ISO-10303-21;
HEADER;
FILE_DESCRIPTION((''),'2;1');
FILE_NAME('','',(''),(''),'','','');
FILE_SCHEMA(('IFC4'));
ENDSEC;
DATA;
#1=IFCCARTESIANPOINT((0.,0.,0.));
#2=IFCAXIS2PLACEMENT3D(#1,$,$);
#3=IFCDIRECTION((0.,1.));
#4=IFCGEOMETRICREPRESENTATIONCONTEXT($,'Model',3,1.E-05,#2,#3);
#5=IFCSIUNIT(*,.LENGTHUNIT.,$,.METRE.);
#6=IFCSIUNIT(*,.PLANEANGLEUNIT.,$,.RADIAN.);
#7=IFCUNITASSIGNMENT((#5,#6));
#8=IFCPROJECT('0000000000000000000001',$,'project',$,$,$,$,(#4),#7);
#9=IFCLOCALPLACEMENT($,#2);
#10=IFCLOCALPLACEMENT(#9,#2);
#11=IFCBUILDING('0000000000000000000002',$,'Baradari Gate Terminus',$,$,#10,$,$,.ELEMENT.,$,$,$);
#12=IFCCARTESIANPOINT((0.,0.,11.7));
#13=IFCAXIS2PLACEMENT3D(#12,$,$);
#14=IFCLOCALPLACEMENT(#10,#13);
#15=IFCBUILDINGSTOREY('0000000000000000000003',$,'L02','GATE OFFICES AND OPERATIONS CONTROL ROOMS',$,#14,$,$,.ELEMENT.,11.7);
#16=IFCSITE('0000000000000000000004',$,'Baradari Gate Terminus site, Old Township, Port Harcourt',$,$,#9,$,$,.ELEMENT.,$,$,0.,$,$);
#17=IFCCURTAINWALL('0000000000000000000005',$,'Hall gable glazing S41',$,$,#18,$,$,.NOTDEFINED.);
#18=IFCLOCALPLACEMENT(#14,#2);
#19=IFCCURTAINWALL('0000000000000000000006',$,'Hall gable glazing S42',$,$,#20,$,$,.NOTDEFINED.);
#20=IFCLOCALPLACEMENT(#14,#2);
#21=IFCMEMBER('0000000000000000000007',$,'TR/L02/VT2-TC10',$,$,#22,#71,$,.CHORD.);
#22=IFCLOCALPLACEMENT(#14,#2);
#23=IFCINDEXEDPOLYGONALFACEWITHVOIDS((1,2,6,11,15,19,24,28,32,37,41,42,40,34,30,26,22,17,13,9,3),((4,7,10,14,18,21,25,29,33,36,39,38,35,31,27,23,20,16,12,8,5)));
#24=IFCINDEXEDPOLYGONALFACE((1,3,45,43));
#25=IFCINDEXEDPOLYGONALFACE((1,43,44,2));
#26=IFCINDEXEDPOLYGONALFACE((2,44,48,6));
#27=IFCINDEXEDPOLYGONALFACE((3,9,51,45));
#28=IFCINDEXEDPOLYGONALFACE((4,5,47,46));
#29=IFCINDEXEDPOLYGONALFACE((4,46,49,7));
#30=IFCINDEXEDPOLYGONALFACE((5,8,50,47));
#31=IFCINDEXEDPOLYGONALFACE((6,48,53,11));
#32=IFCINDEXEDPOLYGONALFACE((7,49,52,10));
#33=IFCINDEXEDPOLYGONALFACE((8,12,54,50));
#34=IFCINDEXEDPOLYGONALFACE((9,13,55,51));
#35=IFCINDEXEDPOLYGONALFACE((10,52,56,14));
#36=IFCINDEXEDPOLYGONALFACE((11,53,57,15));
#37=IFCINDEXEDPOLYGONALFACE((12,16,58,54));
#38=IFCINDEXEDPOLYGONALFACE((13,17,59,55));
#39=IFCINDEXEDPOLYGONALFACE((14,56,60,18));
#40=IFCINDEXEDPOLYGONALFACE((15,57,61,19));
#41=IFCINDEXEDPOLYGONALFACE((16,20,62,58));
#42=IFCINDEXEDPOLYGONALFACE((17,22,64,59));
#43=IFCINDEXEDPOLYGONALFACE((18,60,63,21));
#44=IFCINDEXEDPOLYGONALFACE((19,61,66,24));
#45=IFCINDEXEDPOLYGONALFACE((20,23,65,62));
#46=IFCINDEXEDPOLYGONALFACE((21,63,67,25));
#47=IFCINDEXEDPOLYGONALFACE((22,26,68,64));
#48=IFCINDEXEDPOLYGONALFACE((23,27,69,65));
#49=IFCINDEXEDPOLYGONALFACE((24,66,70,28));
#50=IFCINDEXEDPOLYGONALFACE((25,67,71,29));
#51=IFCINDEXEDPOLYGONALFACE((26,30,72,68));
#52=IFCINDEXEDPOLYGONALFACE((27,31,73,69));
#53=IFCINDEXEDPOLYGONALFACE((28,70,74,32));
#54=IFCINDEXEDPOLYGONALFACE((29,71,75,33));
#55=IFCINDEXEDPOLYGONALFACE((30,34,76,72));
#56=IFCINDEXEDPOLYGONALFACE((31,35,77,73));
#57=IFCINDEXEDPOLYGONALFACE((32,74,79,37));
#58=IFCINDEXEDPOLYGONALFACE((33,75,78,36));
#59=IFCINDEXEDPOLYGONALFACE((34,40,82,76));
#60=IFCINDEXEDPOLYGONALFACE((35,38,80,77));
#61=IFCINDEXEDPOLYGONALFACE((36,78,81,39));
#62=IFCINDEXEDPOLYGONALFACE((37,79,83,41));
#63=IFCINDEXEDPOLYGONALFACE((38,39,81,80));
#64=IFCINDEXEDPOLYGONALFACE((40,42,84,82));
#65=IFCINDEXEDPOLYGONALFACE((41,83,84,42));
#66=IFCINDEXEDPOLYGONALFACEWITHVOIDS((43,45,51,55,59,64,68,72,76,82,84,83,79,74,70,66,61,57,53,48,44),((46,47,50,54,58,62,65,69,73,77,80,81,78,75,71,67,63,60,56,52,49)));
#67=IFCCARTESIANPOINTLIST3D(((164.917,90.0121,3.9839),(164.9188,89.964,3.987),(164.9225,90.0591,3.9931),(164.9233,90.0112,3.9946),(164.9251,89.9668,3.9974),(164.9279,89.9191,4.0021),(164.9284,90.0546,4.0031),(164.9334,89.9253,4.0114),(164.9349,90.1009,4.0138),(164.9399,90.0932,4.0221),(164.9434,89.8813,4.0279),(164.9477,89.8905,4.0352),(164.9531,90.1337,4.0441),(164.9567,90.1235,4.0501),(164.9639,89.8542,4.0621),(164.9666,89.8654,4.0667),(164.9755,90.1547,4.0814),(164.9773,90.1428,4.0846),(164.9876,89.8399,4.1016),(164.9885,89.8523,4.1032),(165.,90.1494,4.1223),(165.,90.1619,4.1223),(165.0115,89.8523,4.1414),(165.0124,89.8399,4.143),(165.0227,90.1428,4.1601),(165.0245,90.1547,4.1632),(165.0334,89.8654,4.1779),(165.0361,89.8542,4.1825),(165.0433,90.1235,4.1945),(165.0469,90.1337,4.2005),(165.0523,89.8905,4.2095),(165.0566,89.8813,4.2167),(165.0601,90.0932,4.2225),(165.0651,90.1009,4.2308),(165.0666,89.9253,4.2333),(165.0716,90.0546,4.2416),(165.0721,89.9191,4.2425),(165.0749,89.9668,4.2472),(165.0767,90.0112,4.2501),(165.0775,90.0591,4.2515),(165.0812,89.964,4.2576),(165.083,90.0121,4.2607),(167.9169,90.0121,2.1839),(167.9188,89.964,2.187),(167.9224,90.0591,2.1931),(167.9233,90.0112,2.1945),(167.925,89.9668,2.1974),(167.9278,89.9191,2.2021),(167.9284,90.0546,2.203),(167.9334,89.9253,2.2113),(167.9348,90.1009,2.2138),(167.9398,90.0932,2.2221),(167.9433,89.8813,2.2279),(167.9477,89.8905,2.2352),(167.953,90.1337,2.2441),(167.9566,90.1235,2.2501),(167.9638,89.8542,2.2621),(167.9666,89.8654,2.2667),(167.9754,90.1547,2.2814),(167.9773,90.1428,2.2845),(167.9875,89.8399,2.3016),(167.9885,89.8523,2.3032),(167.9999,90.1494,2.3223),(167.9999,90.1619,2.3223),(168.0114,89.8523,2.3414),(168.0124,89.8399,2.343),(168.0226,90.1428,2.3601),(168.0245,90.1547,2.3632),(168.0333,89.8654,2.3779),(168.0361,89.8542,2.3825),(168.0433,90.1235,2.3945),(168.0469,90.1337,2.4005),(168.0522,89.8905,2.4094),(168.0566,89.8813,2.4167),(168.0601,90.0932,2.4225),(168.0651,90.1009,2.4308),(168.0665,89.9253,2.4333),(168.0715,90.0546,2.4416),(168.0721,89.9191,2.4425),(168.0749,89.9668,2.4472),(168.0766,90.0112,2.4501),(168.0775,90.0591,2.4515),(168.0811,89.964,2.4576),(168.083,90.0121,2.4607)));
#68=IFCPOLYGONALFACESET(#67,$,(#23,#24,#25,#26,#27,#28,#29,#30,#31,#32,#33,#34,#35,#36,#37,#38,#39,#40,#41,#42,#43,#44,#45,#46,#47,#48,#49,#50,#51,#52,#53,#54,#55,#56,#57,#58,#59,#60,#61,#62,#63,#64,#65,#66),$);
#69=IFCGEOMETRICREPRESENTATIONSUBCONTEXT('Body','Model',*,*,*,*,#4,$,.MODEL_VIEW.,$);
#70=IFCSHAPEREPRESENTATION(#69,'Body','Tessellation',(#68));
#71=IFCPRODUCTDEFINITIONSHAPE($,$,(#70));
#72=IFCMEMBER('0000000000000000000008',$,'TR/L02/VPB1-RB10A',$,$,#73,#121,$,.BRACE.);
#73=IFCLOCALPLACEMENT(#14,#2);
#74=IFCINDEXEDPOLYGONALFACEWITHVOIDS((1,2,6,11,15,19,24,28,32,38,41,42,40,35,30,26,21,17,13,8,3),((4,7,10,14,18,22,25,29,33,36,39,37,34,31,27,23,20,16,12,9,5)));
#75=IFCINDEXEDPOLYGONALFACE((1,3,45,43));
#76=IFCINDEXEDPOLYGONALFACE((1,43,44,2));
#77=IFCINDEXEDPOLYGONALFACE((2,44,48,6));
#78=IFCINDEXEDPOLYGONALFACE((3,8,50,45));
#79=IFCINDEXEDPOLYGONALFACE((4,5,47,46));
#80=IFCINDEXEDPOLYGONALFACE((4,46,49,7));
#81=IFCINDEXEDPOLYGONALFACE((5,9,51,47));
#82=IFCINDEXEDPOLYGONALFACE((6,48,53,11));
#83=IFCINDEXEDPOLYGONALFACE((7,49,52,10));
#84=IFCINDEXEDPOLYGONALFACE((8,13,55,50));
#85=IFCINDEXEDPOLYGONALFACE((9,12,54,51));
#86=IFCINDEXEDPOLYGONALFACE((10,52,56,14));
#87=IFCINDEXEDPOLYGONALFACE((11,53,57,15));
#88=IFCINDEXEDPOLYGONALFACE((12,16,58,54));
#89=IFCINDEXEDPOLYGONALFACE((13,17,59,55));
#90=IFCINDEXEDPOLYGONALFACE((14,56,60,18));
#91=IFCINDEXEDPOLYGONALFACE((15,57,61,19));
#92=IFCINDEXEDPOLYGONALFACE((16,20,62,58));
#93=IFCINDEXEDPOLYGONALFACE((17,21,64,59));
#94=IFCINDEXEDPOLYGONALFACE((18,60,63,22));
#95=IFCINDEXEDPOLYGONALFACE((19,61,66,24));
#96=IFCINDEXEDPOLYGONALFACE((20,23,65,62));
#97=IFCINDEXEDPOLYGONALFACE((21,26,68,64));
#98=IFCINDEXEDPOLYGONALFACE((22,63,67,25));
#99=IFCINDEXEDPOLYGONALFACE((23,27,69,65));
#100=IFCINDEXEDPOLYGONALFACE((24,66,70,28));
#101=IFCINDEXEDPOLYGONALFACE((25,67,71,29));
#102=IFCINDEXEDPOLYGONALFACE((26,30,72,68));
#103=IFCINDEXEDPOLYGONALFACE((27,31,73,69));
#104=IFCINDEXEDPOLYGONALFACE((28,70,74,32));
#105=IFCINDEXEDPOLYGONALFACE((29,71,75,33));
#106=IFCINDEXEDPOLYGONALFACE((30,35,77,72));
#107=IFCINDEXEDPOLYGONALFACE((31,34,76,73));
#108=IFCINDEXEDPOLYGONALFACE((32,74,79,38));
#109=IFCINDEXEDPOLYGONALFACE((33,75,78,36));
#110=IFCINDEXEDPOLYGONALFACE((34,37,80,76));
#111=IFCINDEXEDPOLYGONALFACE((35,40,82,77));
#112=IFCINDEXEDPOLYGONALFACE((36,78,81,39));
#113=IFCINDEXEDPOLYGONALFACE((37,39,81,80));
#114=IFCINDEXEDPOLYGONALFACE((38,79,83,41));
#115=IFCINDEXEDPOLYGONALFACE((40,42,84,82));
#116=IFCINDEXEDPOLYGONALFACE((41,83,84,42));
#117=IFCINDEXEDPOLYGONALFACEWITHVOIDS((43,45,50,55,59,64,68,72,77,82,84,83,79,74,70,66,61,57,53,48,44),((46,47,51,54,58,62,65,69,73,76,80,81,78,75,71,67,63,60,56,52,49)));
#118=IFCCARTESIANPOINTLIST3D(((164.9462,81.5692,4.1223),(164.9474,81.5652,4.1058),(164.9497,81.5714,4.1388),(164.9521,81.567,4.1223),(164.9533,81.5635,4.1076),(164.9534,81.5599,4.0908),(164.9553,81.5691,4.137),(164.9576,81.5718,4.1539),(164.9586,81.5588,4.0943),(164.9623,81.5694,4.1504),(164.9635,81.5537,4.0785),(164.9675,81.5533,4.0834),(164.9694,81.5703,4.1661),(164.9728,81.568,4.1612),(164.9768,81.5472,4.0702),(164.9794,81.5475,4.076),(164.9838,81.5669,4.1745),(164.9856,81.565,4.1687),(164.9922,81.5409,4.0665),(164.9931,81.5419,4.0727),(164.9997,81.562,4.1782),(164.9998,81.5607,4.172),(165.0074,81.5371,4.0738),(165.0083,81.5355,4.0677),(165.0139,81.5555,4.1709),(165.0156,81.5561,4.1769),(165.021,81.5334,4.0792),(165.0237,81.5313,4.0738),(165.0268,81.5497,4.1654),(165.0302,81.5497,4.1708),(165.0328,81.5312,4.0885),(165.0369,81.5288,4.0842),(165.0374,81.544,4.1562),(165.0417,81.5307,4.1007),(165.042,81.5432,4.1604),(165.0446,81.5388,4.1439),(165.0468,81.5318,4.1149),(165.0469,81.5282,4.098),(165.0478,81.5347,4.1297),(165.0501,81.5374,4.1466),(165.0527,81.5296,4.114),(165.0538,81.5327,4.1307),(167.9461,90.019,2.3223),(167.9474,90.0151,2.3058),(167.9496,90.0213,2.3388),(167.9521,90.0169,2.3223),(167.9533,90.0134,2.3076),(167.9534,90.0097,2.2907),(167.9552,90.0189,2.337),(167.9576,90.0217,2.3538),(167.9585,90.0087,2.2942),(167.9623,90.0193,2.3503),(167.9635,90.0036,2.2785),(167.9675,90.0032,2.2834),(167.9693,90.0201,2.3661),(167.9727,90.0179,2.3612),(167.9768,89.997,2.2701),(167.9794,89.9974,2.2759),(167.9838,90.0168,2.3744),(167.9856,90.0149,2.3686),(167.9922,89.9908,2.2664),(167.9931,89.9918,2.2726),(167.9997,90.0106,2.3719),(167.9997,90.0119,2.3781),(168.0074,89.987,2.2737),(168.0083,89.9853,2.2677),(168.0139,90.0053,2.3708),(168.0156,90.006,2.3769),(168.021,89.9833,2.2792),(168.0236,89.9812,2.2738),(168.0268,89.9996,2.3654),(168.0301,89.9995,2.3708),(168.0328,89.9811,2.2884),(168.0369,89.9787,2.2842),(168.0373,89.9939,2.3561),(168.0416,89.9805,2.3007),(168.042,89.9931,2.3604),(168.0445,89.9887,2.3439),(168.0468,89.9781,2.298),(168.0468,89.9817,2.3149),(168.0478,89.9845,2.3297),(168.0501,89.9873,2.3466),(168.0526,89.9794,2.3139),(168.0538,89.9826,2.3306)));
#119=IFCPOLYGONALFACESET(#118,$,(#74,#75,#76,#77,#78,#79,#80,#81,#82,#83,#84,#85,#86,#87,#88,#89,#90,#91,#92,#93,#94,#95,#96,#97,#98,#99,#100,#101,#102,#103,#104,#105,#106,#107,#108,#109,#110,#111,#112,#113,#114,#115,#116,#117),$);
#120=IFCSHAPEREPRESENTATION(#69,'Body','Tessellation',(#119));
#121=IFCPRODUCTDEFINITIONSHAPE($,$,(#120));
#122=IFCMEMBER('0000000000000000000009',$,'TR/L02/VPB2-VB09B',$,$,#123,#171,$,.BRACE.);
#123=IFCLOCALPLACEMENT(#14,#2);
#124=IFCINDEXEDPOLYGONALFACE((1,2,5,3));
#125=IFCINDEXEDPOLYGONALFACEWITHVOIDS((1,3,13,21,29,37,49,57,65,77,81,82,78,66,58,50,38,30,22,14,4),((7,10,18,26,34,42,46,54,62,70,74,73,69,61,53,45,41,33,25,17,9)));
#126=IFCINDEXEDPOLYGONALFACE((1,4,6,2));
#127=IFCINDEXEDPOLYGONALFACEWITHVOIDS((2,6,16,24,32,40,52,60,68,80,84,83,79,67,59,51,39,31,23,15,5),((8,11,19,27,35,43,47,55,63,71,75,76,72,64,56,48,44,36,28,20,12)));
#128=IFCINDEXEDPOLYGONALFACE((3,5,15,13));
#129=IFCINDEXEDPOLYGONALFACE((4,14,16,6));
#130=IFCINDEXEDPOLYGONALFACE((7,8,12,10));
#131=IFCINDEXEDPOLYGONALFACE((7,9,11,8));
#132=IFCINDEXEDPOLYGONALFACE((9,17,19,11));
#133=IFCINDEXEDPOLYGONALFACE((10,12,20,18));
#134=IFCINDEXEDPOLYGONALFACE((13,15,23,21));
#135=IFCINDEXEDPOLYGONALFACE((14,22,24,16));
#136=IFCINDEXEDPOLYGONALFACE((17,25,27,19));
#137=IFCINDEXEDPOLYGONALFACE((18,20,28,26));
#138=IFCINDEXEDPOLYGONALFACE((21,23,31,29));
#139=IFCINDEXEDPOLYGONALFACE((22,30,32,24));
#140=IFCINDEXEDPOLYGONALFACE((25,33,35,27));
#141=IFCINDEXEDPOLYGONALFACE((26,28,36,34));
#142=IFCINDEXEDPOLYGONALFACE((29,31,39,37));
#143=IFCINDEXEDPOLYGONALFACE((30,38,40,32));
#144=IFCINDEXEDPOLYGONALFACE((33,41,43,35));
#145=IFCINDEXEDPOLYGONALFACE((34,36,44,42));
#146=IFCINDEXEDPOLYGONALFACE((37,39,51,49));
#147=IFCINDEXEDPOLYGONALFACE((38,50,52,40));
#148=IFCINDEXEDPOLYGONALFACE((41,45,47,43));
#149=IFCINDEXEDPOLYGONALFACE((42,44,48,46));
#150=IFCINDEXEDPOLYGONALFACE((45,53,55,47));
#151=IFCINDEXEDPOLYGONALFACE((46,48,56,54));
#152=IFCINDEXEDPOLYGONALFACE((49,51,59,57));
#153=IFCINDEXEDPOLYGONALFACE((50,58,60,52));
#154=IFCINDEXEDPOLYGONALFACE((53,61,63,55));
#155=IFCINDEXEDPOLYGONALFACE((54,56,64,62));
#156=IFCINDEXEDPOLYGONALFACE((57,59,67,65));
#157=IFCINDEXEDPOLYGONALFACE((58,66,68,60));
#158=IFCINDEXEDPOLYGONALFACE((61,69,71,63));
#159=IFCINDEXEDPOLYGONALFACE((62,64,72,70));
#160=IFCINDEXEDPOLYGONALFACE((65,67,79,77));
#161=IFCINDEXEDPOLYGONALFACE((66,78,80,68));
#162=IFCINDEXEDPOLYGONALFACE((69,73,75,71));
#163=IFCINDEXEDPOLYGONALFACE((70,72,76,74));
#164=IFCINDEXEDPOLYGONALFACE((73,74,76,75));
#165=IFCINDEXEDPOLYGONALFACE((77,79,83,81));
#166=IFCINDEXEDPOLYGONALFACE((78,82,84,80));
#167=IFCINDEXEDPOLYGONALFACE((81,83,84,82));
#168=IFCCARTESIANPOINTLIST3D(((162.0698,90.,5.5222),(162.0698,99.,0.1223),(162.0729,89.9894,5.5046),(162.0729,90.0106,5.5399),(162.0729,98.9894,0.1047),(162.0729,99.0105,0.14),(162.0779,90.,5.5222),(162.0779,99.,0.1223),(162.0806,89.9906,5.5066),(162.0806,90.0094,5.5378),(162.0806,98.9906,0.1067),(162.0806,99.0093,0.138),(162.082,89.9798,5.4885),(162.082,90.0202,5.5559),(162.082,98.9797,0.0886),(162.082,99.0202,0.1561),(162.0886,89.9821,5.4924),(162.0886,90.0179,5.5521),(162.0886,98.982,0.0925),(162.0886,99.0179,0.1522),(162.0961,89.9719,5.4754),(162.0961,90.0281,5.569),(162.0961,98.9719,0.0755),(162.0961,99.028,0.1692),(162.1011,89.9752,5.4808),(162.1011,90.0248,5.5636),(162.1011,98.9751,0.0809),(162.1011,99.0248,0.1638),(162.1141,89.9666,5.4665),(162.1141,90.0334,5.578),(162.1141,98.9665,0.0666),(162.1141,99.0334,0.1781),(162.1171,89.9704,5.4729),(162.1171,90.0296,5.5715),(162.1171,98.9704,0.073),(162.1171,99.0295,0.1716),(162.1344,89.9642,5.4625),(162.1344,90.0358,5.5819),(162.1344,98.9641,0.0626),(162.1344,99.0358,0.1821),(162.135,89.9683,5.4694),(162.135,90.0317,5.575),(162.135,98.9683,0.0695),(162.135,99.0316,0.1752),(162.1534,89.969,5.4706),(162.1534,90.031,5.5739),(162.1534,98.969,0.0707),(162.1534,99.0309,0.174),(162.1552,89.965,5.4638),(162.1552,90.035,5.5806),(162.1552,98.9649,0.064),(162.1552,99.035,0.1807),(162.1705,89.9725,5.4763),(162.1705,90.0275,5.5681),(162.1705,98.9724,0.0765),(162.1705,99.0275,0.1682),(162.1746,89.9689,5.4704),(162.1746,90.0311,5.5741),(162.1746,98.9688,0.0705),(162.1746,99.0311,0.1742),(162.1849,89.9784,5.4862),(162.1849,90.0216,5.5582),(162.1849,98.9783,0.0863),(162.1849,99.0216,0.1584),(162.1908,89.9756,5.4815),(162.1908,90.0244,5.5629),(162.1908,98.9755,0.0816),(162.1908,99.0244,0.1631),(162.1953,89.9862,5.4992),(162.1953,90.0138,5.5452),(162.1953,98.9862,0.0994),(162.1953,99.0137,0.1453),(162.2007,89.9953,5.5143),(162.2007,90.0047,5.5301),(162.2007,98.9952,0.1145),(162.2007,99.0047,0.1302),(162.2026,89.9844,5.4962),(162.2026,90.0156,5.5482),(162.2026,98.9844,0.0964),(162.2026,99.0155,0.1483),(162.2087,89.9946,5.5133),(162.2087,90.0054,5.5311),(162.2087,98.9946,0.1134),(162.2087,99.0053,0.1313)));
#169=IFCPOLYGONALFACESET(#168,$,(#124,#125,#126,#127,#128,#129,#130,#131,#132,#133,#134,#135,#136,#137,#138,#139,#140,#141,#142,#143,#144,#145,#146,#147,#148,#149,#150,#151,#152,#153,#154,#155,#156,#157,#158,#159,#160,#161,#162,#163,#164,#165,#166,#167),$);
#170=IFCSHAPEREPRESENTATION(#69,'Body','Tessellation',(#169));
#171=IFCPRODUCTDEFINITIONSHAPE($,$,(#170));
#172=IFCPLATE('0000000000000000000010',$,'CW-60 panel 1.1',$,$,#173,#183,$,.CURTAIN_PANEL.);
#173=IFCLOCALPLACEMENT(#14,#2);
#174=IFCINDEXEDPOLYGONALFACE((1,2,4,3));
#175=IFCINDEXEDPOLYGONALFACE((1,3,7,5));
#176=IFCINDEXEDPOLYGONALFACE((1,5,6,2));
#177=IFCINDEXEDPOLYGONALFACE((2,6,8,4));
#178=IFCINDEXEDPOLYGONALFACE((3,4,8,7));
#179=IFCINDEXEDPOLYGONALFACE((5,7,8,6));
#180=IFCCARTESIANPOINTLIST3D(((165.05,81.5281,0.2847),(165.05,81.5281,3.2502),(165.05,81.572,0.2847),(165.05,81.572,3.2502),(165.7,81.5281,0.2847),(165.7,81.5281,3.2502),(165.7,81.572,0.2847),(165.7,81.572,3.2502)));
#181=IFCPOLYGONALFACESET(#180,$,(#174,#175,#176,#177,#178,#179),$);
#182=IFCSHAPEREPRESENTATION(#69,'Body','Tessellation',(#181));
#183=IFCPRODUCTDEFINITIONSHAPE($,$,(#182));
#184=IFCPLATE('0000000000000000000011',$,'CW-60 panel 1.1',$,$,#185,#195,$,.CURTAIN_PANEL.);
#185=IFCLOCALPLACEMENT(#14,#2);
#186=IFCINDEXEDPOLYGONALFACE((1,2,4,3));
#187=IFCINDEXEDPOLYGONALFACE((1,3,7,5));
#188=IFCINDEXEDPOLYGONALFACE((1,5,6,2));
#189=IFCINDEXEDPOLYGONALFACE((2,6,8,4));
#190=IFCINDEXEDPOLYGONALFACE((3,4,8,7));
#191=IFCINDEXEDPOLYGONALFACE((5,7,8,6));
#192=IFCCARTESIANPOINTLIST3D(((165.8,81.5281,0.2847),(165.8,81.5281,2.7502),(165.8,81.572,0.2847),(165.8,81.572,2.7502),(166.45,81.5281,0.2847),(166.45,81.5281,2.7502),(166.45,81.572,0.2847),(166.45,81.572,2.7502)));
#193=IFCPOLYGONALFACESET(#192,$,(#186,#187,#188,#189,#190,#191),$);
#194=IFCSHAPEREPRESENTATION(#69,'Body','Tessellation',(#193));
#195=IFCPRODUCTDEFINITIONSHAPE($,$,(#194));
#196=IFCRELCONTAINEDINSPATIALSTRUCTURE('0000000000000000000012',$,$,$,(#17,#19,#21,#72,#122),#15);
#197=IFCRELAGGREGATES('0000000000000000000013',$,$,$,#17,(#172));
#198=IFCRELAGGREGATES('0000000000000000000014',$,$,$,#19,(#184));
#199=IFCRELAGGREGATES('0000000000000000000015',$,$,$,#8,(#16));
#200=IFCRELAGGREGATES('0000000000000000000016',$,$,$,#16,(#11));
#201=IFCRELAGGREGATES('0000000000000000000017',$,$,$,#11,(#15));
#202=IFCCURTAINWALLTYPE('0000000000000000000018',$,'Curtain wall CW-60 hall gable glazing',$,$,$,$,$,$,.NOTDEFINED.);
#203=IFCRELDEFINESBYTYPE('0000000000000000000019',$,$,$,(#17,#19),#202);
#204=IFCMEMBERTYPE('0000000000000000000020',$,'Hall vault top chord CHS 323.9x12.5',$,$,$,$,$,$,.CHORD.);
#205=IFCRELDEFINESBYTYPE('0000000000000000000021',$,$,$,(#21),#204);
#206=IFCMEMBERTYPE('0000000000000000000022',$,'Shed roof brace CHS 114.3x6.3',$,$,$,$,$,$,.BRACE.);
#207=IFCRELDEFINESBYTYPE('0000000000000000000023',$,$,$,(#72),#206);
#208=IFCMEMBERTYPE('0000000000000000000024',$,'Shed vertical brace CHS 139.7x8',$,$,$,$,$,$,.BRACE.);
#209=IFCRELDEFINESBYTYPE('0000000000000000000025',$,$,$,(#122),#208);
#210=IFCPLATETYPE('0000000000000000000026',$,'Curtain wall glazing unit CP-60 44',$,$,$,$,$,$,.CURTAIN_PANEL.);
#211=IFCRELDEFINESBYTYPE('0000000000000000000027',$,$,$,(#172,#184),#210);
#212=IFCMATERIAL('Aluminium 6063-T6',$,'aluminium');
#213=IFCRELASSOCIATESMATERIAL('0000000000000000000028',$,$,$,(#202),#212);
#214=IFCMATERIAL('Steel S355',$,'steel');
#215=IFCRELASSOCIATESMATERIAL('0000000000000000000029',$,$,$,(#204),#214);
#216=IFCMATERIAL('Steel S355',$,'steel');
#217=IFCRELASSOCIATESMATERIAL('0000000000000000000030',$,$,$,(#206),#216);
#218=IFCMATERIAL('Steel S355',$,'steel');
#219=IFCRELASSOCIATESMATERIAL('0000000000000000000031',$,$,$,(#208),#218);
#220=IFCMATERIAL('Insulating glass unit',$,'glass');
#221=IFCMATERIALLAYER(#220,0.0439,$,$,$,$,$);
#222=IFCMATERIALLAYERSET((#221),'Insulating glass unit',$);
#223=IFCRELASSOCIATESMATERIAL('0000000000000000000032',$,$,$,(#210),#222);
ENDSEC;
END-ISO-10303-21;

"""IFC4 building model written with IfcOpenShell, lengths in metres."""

from ifc_helpers import new_model, si_unit, direction, frame, origin, origin_2d, place, context, subcontext, project, spatial, rectangle, hollow_circle, extrude, material, layer, layer_set, material_profile, profile_set, type_object, element, aggregate, save


model = new_model("IFC4")

# Units and contexts
model_context = context("Model", 3, precision=1e-05, world=origin(), true_north=direction((0.0, 1.0)))
body_context = subcontext(model_context, "Body", "Model", "MODEL_VIEW")
ifc_project = project(units=[si_unit("LENGTHUNIT", "METRE"), si_unit("PLANEANGLEUNIT", "RADIAN")], contexts=[model_context])

# Site, building, storey
site_placement = place(None, origin())
site = spatial("IfcSite", under=ifc_project, at=site_placement, Name="Baradari Gate Terminus site, Old Township, Port Harcourt", CompositionType="ELEMENT", RefElevation=0.0)
building_placement = place(site_placement, origin())
building = spatial("IfcBuilding", under=site, at=building_placement, Name="Baradari Gate Terminus", CompositionType="ELEMENT")
storey_placement = place(building_placement, frame((0.0, 0.0, 11.7)))
storey = spatial("IfcBuildingStorey", under=building, at=storey_placement, Name="L02", Description="GATE OFFICES AND OPERATIONS CONTROL ROOMS", CompositionType="ELEMENT", Elevation=11.7)

# Shared definitions
ifc_material_1 = material(Name="Aluminium 6063-T6", Category="aluminium")
curtain_wall_type = type_object("IfcCurtainWallType", Name="Curtain wall CW-60 hall gable glazing", PredefinedType="NOTDEFINED", material=ifc_material_1)

# Curtain walls
curtain_wall_1_placement = place(storey_placement, origin())
curtain_wall_1 = element("IfcCurtainWall", 1, at=curtain_wall_1_placement, inside=storey, type_object=curtain_wall_type, Name="Hall gable glazing S41", PredefinedType="NOTDEFINED")
curtain_wall_2_placement = place(storey_placement, origin())
curtain_wall_2 = element("IfcCurtainWall", 2, at=curtain_wall_2_placement, inside=storey, type_object=curtain_wall_type, Name="Hall gable glazing S42", PredefinedType="NOTDEFINED")

# Members
ifc_material_2 = material(Name="Steel S355", Category="steel")
ifc_material_profile_1 = material_profile(ifc_material_2, hollow_circle(Radius=0.1619, WallThickness=0.0125, at=origin_2d()), Name="CHS 323.9x12.5")
ifc_profile_set_1 = profile_set([ifc_material_profile_1], Name="Steel S355")
member_type_1 = type_object("IfcMemberType", Name="Hall vault top chord CHS 323.9x12.5", PredefinedType="CHORD", material=ifc_profile_set_1)
for number, where, z_axis, x_axis, name in (
    (3, (165.0, 90.0, 4.1223), (0.857487, 0.0, -0.514506), (0.0, 1.0, 0.0), "TR/L02/VT2-TC10"),
):
    element("IfcMember", number, at=place(storey_placement, frame(where, z_axis=z_axis, x_axis=x_axis)), inside=storey, type_object=member_type_1, Name=name, PredefinedType="CHORD", context=body_context, shape_type="SweptSolid", body=[
        extrude(hollow_circle(Radius=0.1619, WallThickness=0.0125, at=origin_2d()), origin(), (0.0, 0.0, 1.0), 3.4985),
    ])
ifc_material_3 = material(Name="Steel S355", Category="steel")
ifc_material_profile_2 = material_profile(ifc_material_3, hollow_circle(Radius=0.0571, WallThickness=0.0063, at=origin_2d()), Name="CHS 114.3x6.3")
ifc_profile_set_2 = profile_set([ifc_material_profile_2], Name="Steel S355")
member_type_2 = type_object("IfcMemberType", Name="Shed roof brace CHS 114.3x6.3", PredefinedType="BRACE", material=ifc_profile_set_2)
member_1_placement = place(storey_placement, frame((165.0, 81.55, 4.1223), z_axis=(0.328027, 0.923937, -0.196821), x_axis=(-0.94237, 0.334571, 0.0)))
element("IfcMember", 4, at=member_1_placement, inside=storey, type_object=member_type_2, Name="TR/L02/VPB1-RB10A", PredefinedType="BRACE", context=body_context, shape_type="SweptSolid", body=[
    extrude(hollow_circle(Radius=0.0571, WallThickness=0.0063, at=origin_2d()), origin(), (0.0, 0.0, 1.0), 9.1455),
])
ifc_material_4 = material(Name="Steel S355", Category="steel")
ifc_material_profile_3 = material_profile(ifc_material_4, hollow_circle(Radius=0.0698, WallThickness=0.0081, at=origin_2d()), Name="CHS 139.7x8")
ifc_profile_set_3 = profile_set([ifc_material_profile_3], Name="Steel S355")
member_type_3 = type_object("IfcMemberType", Name="Shed vertical brace CHS 139.7x8", PredefinedType="BRACE", material=ifc_profile_set_3)
member_2_placement = place(storey_placement, frame((162.1396, 90.0, 5.5222), z_axis=(0.0, 0.857497, -0.514489), x_axis=(-1.0, 0.0, 0.0)))
element("IfcMember", 5, at=member_2_placement, inside=storey, type_object=member_type_3, Name="TR/L02/VPB2-VB09B", PredefinedType="BRACE", context=body_context, shape_type="SweptSolid", body=[
    extrude(hollow_circle(Radius=0.0698, WallThickness=0.0081, at=origin_2d()), origin(), (0.0, 0.0, 1.0), 10.4956),
])

# Plates
ifc_material_5 = material(Name="Insulating glass unit", Category="glass")
ifc_layer_1 = layer(ifc_material_5, 0.0439)
ifc_layer_set_1 = layer_set([ifc_layer_1], Name="Insulating glass unit")
plate_type = type_object("IfcPlateType", Name="Curtain wall glazing unit CP-60 44", PredefinedType="CURTAIN_PANEL", material=ifc_layer_set_1)
plate_1_placement = place(storey_placement, frame((165.375, 81.55, 0.2847), z_axis=(0.0, 0.0, 1.0), x_axis=(1.0, 0.0, 0.0)))
plate_1 = element("IfcPlate", 6, at=plate_1_placement, type_object=plate_type, Name="CW-60 panel 1.1", PredefinedType="CURTAIN_PANEL", context=body_context, shape_type="SweptSolid", body=[
    extrude(rectangle(XDim=0.6499, YDim=0.0439, at=origin_2d()), origin(), (0.0, 0.0, 1.0), 2.9656),
])
aggregate(curtain_wall_1, [plate_1])
plate_2_placement = place(storey_placement, frame((166.125, 81.55, 0.2847), z_axis=(0.0, 0.0, 1.0), x_axis=(1.0, 0.0, 0.0)))
plate_2 = element("IfcPlate", 7, at=plate_2_placement, type_object=plate_type, Name="CW-60 panel 1.1", PredefinedType="CURTAIN_PANEL", context=body_context, shape_type="SweptSolid", body=[
    extrude(rectangle(XDim=0.6499, YDim=0.0439, at=origin_2d()), origin(), (0.0, 0.0, 1.0), 2.4656),
])
aggregate(curtain_wall_2, [plate_2])

save(model, "model.ifc")
